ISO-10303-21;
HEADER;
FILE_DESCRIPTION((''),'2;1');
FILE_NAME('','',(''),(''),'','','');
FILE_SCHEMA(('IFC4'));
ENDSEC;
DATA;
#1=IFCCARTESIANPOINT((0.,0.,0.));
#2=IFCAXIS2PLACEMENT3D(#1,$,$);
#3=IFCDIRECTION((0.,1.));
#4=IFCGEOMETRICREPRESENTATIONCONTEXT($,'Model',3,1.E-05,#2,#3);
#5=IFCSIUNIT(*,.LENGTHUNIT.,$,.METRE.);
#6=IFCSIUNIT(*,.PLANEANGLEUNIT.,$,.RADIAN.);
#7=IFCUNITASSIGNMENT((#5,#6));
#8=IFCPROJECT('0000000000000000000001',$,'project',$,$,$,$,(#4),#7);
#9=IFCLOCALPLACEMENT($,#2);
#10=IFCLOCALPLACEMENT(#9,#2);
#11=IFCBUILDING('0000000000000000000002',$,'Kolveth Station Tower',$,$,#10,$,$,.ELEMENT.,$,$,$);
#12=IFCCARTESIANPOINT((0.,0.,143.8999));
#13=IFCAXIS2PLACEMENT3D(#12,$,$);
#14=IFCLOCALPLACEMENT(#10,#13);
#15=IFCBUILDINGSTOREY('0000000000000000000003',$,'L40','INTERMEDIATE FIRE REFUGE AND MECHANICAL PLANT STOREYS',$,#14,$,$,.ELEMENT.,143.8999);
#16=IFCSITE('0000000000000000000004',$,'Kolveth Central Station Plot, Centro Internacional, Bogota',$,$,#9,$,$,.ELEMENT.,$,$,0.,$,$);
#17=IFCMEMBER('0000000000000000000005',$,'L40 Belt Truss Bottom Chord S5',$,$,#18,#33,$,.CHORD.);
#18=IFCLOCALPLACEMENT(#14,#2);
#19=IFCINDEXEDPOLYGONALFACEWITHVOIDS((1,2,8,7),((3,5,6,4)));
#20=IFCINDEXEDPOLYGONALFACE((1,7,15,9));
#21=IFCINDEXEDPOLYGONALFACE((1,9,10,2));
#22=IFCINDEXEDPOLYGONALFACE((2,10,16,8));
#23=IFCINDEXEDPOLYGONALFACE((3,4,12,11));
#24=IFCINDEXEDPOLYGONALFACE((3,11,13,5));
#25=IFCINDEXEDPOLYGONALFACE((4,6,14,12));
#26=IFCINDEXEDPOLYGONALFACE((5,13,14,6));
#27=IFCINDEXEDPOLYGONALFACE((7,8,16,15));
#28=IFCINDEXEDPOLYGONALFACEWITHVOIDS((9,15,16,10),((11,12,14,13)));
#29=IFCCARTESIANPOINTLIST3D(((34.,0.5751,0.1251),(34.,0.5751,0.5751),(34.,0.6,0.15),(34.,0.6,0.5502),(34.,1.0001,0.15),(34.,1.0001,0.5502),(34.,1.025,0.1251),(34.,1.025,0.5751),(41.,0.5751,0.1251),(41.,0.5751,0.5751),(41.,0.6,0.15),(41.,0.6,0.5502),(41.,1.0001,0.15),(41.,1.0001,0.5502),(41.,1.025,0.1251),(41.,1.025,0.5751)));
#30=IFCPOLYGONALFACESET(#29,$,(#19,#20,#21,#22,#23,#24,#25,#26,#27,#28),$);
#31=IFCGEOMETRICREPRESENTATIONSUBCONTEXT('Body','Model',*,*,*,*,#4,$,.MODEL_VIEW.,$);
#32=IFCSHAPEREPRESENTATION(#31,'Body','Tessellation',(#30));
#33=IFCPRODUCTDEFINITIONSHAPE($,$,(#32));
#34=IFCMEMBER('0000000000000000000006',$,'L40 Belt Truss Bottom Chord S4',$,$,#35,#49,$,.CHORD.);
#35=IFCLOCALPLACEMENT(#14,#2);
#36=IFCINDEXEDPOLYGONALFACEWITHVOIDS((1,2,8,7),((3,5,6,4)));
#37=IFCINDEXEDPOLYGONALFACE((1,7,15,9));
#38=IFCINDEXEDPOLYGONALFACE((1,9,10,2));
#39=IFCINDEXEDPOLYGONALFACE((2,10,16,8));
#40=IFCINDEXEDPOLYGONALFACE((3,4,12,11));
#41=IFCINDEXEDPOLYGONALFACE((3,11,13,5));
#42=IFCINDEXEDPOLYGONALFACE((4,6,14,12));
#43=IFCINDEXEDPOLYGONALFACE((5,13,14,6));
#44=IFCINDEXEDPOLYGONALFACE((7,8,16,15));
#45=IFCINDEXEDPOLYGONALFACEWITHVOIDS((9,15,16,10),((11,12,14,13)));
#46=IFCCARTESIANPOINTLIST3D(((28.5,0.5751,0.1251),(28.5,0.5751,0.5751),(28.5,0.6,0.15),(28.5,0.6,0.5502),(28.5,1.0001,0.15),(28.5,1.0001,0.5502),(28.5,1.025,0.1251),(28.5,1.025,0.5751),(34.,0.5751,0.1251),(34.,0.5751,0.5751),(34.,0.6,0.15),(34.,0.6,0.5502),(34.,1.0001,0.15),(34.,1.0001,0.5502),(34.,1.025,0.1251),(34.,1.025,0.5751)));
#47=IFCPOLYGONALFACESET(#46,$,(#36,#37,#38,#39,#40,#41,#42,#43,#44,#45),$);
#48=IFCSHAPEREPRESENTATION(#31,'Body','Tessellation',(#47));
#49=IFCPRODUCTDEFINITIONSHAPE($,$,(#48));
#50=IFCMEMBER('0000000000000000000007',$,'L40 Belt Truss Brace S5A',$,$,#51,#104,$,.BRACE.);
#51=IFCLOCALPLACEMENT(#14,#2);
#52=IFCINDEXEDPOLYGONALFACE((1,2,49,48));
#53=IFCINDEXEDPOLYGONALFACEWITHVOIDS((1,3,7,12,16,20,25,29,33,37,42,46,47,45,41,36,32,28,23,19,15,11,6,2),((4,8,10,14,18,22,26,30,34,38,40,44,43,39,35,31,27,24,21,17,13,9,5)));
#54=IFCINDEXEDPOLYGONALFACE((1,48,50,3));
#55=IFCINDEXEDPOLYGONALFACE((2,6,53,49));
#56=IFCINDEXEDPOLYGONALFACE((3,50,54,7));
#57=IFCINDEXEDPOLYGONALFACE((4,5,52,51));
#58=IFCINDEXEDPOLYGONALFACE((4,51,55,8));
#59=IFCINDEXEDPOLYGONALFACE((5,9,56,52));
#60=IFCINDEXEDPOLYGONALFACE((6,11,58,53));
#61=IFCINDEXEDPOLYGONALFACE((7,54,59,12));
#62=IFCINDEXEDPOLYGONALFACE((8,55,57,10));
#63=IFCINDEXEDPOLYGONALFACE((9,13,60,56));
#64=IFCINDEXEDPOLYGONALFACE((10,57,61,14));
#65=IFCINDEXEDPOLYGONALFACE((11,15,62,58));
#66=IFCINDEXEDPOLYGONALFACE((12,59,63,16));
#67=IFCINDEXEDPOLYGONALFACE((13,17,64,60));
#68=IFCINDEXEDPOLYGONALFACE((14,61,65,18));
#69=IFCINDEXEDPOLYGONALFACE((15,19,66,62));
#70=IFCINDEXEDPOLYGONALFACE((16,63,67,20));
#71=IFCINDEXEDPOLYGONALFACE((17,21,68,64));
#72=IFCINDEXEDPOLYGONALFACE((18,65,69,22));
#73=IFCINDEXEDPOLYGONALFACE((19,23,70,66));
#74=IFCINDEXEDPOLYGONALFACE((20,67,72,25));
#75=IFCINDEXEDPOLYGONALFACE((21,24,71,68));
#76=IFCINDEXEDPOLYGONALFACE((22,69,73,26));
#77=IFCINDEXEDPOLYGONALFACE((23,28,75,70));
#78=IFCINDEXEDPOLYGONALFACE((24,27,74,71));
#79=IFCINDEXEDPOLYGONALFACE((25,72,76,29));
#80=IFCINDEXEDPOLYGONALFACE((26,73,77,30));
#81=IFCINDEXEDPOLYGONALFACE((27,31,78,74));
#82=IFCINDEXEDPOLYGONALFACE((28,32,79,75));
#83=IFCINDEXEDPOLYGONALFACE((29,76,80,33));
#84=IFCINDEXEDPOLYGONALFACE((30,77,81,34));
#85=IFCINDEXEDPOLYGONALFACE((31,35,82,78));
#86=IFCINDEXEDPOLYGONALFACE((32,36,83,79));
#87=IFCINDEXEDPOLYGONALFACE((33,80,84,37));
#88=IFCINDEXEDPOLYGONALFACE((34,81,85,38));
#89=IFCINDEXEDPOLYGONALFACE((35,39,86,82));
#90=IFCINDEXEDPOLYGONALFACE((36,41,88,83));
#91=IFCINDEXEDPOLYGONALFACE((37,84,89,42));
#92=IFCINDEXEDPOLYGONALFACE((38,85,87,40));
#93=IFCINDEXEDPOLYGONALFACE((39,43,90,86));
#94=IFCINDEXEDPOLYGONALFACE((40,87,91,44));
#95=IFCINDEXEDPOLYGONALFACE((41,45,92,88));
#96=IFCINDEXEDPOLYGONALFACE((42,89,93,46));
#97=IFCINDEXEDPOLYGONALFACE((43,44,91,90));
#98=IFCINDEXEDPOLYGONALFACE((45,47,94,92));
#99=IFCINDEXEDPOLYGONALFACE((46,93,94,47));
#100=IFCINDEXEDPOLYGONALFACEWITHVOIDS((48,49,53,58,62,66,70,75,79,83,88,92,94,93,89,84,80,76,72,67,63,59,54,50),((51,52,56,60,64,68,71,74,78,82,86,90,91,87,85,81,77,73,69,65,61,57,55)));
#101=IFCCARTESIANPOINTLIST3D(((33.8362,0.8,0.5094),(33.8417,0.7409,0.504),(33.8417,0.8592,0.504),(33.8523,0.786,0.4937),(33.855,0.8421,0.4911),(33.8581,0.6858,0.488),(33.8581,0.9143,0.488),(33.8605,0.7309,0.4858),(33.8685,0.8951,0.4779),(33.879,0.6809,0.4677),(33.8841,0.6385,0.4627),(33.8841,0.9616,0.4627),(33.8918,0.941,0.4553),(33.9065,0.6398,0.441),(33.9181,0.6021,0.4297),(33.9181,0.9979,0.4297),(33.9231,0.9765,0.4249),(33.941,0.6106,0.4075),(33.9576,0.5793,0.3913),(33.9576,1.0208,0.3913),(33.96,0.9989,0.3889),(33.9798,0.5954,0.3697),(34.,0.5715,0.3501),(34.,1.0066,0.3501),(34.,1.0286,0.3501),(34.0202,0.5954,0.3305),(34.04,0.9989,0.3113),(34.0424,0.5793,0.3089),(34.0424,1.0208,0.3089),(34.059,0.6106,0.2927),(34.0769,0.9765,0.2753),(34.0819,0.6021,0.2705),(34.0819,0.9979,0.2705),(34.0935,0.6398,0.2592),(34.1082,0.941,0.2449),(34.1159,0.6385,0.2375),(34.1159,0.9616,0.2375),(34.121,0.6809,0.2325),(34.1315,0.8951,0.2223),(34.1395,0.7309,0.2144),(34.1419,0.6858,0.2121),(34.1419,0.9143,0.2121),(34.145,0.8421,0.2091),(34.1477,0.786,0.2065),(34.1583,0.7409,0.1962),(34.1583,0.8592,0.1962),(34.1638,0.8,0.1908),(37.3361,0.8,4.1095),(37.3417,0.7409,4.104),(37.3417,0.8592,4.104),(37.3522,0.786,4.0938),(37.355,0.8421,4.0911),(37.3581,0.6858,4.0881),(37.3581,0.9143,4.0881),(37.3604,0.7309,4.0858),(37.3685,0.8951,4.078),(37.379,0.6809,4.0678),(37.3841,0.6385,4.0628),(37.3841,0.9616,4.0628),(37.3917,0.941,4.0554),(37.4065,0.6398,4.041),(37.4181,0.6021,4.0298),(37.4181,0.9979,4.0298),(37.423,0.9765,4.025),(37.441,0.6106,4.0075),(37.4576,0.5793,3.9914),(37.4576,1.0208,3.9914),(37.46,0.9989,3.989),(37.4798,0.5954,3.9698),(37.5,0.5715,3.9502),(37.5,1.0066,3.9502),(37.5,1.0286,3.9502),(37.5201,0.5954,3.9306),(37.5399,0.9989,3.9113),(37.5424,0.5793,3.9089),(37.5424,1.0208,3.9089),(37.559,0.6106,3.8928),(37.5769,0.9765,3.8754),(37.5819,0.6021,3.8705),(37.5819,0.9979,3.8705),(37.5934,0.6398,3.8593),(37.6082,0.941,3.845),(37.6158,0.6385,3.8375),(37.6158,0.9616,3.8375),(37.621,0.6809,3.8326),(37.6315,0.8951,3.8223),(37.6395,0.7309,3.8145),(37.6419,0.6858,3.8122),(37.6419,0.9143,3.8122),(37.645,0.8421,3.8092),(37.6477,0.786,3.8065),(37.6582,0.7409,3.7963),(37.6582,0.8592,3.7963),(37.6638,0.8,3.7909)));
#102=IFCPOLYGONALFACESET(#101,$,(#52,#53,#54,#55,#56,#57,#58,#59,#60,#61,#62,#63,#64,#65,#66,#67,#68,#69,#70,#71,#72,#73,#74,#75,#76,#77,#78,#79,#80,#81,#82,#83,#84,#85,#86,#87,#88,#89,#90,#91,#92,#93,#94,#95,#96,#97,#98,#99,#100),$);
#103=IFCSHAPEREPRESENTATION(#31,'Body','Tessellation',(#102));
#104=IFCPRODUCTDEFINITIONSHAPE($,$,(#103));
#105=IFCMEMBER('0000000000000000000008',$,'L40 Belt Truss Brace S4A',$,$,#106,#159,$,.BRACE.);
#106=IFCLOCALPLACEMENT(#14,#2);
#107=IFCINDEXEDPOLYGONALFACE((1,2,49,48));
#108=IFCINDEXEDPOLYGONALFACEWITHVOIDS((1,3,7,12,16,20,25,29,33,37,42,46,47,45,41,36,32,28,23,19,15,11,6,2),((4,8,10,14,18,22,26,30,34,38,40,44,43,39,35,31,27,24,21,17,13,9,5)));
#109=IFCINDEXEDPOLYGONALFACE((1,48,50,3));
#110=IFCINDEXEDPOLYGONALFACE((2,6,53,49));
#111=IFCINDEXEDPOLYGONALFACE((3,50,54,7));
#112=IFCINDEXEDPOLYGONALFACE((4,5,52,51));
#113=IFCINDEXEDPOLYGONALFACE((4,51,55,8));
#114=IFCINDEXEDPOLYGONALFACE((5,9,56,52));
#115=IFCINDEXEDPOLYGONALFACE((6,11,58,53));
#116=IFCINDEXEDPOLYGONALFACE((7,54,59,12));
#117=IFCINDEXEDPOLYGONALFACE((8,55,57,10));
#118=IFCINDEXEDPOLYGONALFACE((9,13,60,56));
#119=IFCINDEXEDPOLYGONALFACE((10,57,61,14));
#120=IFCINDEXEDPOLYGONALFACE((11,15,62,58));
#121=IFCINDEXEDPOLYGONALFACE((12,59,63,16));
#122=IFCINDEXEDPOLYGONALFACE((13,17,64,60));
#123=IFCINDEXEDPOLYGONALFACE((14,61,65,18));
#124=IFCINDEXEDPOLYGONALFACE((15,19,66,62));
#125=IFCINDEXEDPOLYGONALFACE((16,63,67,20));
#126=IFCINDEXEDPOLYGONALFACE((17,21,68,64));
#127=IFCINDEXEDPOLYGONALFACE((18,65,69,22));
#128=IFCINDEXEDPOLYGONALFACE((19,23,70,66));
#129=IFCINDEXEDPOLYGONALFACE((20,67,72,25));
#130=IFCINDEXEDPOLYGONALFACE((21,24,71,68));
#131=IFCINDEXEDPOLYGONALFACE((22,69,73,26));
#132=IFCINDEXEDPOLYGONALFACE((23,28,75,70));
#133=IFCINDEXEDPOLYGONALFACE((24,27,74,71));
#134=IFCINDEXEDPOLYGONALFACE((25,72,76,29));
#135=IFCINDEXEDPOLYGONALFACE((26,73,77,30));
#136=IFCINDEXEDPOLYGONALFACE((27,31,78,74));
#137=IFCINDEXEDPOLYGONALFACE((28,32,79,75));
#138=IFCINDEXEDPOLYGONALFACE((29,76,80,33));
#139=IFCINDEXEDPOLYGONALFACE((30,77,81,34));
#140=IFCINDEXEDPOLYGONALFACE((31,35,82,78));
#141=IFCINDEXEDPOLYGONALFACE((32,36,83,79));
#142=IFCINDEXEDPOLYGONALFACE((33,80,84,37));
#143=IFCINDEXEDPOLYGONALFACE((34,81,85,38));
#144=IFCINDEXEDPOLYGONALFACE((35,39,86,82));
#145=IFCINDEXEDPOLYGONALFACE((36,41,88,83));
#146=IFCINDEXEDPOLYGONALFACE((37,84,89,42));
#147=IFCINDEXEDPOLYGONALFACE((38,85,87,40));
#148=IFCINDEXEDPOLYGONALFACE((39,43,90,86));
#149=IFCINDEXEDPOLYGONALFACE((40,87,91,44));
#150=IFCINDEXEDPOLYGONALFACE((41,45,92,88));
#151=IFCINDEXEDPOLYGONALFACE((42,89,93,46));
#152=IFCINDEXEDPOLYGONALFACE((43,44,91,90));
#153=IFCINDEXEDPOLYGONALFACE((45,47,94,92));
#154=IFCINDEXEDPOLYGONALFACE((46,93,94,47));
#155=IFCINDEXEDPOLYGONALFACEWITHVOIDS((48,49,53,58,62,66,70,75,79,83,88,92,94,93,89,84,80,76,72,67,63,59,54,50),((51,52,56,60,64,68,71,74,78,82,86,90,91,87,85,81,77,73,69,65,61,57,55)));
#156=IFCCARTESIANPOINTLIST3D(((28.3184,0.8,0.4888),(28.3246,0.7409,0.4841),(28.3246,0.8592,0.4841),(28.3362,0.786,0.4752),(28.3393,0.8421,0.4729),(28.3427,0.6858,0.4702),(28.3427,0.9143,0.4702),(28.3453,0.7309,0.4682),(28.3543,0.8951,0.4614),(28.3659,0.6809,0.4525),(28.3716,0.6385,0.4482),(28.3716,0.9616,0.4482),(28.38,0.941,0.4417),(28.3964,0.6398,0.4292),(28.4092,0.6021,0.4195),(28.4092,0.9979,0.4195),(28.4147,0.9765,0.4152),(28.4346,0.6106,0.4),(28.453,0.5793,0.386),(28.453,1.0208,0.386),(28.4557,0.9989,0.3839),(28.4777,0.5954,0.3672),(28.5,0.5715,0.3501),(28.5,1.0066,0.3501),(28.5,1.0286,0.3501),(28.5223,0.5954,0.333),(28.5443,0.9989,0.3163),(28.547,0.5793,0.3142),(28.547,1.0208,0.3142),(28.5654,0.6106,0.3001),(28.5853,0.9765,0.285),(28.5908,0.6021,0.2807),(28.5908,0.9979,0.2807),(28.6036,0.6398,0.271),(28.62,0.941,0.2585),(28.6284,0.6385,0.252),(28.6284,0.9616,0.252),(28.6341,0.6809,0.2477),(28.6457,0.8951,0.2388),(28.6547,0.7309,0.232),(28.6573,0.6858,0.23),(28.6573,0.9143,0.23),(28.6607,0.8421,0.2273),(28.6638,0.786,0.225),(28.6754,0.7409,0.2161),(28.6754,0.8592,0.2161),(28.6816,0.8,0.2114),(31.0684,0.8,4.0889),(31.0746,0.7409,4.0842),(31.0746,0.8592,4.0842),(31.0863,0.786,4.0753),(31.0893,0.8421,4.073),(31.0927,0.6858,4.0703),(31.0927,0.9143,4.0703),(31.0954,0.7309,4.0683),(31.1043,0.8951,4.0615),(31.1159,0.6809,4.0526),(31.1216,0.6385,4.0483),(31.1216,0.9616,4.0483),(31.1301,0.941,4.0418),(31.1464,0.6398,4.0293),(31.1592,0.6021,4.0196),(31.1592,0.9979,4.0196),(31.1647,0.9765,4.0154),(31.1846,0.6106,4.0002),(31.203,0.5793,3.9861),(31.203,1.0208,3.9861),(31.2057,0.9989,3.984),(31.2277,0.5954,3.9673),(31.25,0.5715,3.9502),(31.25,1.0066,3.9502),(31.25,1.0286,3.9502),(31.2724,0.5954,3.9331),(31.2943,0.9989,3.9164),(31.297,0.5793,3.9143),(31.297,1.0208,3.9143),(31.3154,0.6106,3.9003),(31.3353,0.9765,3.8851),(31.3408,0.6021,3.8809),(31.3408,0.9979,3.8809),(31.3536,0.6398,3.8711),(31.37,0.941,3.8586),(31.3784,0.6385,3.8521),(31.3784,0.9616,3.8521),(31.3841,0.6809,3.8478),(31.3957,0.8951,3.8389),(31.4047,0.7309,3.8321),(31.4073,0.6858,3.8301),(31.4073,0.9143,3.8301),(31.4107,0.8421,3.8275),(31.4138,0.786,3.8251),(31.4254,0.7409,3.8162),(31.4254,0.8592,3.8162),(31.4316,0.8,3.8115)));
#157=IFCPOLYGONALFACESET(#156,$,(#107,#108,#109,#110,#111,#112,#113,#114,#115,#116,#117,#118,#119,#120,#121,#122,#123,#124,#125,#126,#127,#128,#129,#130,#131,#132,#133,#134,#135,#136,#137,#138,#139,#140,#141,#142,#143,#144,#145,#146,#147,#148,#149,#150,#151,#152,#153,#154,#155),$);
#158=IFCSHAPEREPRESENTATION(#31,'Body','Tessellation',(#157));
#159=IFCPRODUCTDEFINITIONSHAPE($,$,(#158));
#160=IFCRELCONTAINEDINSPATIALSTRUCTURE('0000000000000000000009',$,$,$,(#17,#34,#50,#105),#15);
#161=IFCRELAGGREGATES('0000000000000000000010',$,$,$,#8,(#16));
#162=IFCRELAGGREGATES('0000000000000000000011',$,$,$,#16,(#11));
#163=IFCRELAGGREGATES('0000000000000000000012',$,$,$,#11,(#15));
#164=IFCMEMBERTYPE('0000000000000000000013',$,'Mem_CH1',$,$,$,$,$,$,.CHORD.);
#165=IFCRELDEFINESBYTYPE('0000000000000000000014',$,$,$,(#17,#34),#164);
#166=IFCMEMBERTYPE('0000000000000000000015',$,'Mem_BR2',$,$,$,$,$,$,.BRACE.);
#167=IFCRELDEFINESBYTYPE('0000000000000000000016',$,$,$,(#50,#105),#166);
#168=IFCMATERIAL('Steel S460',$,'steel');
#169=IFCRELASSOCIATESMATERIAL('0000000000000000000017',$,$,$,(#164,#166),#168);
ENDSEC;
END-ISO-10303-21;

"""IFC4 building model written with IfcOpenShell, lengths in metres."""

from ifc_helpers import new_model, si_unit, direction, frame, origin, origin_2d, place, context, subcontext, project, spatial, hollow_rectangle, hollow_circle, extrude, source, transform, mapped, material, material_profile, profile_set, type_object, element, save


model = new_model("IFC4")

# Units and contexts
model_context = context("Model", 3, precision=1e-05, world=origin(), true_north=direction((0.0, 1.0)))
body_context = subcontext(model_context, "Body", "Model", "MODEL_VIEW")
ifc_project = project(units=[si_unit("LENGTHUNIT", "METRE"), si_unit("PLANEANGLEUNIT", "RADIAN")], contexts=[model_context])

# Site, building, storey
site_placement = place(None, origin())
site = spatial("IfcSite", under=ifc_project, at=site_placement, Name="Kolveth Central Station Plot, Centro Internacional, Bogota", CompositionType="ELEMENT", RefElevation=0.0)
building_placement = place(site_placement, origin())
building = spatial("IfcBuilding", under=site, at=building_placement, Name="Kolveth Station Tower", CompositionType="ELEMENT")
storey_placement = place(building_placement, frame((0.0, 0.0, 143.8999)))
storey = spatial("IfcBuildingStorey", under=building, at=storey_placement, Name="L40", Description="INTERMEDIATE FIRE REFUGE AND MECHANICAL PLANT STOREYS", CompositionType="ELEMENT", Elevation=143.8999)

# Shared definitions
ifc_material_1 = material(Name="Steel S460", Category="steel")

# Members
ifc_material_profile_1 = material_profile(ifc_material_1, hollow_rectangle(XDim=0.45, YDim=0.45, WallThickness=0.0249, at=origin_2d()), Name="HSS450x450x25")
ifc_profile_set_1 = profile_set([ifc_material_profile_1], Name="Steel S460")
member_type_1 = type_object("IfcMemberType", Name="Mem_CH1", PredefinedType="CHORD", material=ifc_profile_set_1)
shared_shape_1 = source(origin(), body_context, "Body", "SweptSolid", [
    extrude(hollow_rectangle(XDim=0.45, YDim=0.45, WallThickness=0.0249, at=origin_2d()), origin(), (0.0, 0.0, 1.0), 7.0),
])
member_1_placement = place(storey_placement, frame((34.0, 0.8, 0.3501), z_axis=(1.0, 0.0, 0.0), x_axis=(0.0, 1.0, 0.0)))
element("IfcMember", 1, at=member_1_placement, inside=storey, type_object=member_type_1, Name="L40 Belt Truss Bottom Chord S5", PredefinedType="CHORD", context=body_context, shape_type="MappedRepresentation", body=[
    mapped(shared_shape_1, transform((0.0, 0.0, 0.0), x_axis=(1.0, 0.0, 0.0), y_axis=(0.0, 1.0, 0.0), z_axis=(0.0, 0.0, 1.0), scale=1.0)),
])
shared_shape_2 = source(origin(), body_context, "Body", "SweptSolid", [
    extrude(hollow_rectangle(XDim=0.45, YDim=0.45, WallThickness=0.0249, at=origin_2d()), origin(), (0.0, 0.0, 1.0), 5.5),
])
member_2_placement = place(storey_placement, frame((28.5, 0.8, 0.3501), z_axis=(1.0, 0.0, 0.0), x_axis=(0.0, 1.0, 0.0)))
element("IfcMember", 2, at=member_2_placement, inside=storey, type_object=member_type_1, Name="L40 Belt Truss Bottom Chord S4", PredefinedType="CHORD", context=body_context, shape_type="MappedRepresentation", body=[
    mapped(shared_shape_2, transform((0.0, 0.0, 0.0), x_axis=(1.0, 0.0, 0.0), y_axis=(0.0, 1.0, 0.0), z_axis=(0.0, 0.0, 1.0), scale=1.0)),
])
ifc_material_profile_2 = material_profile(ifc_material_1, hollow_circle(Radius=0.2285, WallThickness=0.022, at=origin_2d()), Name="CHS457x22")
ifc_profile_set_2 = profile_set([ifc_material_profile_2], Name="Steel S460")
member_type_2 = type_object("IfcMemberType", Name="Mem_BR2", PredefinedType="BRACE", material=ifc_profile_set_2)
shared_shape_3 = source(origin(), body_context, "Body", "SweptSolid", [
    extrude(hollow_circle(Radius=0.2285, WallThickness=0.022, at=origin_2d()), origin(), (0.0, 0.0, 1.0), 5.021),
])
member_3_placement = place(storey_placement, frame((34.0, 0.8, 0.3501), z_axis=(0.697069, 0.0, 0.717004), x_axis=(0.0, 1.0, 0.0)))
element("IfcMember", 3, at=member_3_placement, inside=storey, type_object=member_type_2, Name="L40 Belt Truss Brace S5A", PredefinedType="BRACE", context=body_context, shape_type="MappedRepresentation", body=[
    mapped(shared_shape_3, transform((0.0, 0.0, 0.0), x_axis=(1.0, 0.0, 0.0), y_axis=(0.0, 1.0, 0.0), z_axis=(0.0, 0.0, 1.0), scale=1.0)),
])
shared_shape_4 = source(origin(), body_context, "Body", "SweptSolid", [
    extrude(hollow_circle(Radius=0.2285, WallThickness=0.022, at=origin_2d()), origin(), (0.0, 0.0, 1.0), 4.5303),
])
for number, where, z_axis, x_axis, name in (
    (4, (28.5, 0.8, 0.3501), (0.60703, 0.0, 0.794679), (0.0, 1.0, 0.0), "L40 Belt Truss Brace S4A"),
):
    element("IfcMember", number, at=place(storey_placement, frame(where, z_axis=z_axis, x_axis=x_axis)), inside=storey, type_object=member_type_2, Name=name, PredefinedType="BRACE", context=body_context, shape_type="MappedRepresentation", body=[
        mapped(shared_shape_4, transform((0.0, 0.0, 0.0), x_axis=(1.0, 0.0, 0.0), y_axis=(0.0, 1.0, 0.0), z_axis=(0.0, 0.0, 1.0), scale=1.0)),
    ])

save(model, "model.ifc")
